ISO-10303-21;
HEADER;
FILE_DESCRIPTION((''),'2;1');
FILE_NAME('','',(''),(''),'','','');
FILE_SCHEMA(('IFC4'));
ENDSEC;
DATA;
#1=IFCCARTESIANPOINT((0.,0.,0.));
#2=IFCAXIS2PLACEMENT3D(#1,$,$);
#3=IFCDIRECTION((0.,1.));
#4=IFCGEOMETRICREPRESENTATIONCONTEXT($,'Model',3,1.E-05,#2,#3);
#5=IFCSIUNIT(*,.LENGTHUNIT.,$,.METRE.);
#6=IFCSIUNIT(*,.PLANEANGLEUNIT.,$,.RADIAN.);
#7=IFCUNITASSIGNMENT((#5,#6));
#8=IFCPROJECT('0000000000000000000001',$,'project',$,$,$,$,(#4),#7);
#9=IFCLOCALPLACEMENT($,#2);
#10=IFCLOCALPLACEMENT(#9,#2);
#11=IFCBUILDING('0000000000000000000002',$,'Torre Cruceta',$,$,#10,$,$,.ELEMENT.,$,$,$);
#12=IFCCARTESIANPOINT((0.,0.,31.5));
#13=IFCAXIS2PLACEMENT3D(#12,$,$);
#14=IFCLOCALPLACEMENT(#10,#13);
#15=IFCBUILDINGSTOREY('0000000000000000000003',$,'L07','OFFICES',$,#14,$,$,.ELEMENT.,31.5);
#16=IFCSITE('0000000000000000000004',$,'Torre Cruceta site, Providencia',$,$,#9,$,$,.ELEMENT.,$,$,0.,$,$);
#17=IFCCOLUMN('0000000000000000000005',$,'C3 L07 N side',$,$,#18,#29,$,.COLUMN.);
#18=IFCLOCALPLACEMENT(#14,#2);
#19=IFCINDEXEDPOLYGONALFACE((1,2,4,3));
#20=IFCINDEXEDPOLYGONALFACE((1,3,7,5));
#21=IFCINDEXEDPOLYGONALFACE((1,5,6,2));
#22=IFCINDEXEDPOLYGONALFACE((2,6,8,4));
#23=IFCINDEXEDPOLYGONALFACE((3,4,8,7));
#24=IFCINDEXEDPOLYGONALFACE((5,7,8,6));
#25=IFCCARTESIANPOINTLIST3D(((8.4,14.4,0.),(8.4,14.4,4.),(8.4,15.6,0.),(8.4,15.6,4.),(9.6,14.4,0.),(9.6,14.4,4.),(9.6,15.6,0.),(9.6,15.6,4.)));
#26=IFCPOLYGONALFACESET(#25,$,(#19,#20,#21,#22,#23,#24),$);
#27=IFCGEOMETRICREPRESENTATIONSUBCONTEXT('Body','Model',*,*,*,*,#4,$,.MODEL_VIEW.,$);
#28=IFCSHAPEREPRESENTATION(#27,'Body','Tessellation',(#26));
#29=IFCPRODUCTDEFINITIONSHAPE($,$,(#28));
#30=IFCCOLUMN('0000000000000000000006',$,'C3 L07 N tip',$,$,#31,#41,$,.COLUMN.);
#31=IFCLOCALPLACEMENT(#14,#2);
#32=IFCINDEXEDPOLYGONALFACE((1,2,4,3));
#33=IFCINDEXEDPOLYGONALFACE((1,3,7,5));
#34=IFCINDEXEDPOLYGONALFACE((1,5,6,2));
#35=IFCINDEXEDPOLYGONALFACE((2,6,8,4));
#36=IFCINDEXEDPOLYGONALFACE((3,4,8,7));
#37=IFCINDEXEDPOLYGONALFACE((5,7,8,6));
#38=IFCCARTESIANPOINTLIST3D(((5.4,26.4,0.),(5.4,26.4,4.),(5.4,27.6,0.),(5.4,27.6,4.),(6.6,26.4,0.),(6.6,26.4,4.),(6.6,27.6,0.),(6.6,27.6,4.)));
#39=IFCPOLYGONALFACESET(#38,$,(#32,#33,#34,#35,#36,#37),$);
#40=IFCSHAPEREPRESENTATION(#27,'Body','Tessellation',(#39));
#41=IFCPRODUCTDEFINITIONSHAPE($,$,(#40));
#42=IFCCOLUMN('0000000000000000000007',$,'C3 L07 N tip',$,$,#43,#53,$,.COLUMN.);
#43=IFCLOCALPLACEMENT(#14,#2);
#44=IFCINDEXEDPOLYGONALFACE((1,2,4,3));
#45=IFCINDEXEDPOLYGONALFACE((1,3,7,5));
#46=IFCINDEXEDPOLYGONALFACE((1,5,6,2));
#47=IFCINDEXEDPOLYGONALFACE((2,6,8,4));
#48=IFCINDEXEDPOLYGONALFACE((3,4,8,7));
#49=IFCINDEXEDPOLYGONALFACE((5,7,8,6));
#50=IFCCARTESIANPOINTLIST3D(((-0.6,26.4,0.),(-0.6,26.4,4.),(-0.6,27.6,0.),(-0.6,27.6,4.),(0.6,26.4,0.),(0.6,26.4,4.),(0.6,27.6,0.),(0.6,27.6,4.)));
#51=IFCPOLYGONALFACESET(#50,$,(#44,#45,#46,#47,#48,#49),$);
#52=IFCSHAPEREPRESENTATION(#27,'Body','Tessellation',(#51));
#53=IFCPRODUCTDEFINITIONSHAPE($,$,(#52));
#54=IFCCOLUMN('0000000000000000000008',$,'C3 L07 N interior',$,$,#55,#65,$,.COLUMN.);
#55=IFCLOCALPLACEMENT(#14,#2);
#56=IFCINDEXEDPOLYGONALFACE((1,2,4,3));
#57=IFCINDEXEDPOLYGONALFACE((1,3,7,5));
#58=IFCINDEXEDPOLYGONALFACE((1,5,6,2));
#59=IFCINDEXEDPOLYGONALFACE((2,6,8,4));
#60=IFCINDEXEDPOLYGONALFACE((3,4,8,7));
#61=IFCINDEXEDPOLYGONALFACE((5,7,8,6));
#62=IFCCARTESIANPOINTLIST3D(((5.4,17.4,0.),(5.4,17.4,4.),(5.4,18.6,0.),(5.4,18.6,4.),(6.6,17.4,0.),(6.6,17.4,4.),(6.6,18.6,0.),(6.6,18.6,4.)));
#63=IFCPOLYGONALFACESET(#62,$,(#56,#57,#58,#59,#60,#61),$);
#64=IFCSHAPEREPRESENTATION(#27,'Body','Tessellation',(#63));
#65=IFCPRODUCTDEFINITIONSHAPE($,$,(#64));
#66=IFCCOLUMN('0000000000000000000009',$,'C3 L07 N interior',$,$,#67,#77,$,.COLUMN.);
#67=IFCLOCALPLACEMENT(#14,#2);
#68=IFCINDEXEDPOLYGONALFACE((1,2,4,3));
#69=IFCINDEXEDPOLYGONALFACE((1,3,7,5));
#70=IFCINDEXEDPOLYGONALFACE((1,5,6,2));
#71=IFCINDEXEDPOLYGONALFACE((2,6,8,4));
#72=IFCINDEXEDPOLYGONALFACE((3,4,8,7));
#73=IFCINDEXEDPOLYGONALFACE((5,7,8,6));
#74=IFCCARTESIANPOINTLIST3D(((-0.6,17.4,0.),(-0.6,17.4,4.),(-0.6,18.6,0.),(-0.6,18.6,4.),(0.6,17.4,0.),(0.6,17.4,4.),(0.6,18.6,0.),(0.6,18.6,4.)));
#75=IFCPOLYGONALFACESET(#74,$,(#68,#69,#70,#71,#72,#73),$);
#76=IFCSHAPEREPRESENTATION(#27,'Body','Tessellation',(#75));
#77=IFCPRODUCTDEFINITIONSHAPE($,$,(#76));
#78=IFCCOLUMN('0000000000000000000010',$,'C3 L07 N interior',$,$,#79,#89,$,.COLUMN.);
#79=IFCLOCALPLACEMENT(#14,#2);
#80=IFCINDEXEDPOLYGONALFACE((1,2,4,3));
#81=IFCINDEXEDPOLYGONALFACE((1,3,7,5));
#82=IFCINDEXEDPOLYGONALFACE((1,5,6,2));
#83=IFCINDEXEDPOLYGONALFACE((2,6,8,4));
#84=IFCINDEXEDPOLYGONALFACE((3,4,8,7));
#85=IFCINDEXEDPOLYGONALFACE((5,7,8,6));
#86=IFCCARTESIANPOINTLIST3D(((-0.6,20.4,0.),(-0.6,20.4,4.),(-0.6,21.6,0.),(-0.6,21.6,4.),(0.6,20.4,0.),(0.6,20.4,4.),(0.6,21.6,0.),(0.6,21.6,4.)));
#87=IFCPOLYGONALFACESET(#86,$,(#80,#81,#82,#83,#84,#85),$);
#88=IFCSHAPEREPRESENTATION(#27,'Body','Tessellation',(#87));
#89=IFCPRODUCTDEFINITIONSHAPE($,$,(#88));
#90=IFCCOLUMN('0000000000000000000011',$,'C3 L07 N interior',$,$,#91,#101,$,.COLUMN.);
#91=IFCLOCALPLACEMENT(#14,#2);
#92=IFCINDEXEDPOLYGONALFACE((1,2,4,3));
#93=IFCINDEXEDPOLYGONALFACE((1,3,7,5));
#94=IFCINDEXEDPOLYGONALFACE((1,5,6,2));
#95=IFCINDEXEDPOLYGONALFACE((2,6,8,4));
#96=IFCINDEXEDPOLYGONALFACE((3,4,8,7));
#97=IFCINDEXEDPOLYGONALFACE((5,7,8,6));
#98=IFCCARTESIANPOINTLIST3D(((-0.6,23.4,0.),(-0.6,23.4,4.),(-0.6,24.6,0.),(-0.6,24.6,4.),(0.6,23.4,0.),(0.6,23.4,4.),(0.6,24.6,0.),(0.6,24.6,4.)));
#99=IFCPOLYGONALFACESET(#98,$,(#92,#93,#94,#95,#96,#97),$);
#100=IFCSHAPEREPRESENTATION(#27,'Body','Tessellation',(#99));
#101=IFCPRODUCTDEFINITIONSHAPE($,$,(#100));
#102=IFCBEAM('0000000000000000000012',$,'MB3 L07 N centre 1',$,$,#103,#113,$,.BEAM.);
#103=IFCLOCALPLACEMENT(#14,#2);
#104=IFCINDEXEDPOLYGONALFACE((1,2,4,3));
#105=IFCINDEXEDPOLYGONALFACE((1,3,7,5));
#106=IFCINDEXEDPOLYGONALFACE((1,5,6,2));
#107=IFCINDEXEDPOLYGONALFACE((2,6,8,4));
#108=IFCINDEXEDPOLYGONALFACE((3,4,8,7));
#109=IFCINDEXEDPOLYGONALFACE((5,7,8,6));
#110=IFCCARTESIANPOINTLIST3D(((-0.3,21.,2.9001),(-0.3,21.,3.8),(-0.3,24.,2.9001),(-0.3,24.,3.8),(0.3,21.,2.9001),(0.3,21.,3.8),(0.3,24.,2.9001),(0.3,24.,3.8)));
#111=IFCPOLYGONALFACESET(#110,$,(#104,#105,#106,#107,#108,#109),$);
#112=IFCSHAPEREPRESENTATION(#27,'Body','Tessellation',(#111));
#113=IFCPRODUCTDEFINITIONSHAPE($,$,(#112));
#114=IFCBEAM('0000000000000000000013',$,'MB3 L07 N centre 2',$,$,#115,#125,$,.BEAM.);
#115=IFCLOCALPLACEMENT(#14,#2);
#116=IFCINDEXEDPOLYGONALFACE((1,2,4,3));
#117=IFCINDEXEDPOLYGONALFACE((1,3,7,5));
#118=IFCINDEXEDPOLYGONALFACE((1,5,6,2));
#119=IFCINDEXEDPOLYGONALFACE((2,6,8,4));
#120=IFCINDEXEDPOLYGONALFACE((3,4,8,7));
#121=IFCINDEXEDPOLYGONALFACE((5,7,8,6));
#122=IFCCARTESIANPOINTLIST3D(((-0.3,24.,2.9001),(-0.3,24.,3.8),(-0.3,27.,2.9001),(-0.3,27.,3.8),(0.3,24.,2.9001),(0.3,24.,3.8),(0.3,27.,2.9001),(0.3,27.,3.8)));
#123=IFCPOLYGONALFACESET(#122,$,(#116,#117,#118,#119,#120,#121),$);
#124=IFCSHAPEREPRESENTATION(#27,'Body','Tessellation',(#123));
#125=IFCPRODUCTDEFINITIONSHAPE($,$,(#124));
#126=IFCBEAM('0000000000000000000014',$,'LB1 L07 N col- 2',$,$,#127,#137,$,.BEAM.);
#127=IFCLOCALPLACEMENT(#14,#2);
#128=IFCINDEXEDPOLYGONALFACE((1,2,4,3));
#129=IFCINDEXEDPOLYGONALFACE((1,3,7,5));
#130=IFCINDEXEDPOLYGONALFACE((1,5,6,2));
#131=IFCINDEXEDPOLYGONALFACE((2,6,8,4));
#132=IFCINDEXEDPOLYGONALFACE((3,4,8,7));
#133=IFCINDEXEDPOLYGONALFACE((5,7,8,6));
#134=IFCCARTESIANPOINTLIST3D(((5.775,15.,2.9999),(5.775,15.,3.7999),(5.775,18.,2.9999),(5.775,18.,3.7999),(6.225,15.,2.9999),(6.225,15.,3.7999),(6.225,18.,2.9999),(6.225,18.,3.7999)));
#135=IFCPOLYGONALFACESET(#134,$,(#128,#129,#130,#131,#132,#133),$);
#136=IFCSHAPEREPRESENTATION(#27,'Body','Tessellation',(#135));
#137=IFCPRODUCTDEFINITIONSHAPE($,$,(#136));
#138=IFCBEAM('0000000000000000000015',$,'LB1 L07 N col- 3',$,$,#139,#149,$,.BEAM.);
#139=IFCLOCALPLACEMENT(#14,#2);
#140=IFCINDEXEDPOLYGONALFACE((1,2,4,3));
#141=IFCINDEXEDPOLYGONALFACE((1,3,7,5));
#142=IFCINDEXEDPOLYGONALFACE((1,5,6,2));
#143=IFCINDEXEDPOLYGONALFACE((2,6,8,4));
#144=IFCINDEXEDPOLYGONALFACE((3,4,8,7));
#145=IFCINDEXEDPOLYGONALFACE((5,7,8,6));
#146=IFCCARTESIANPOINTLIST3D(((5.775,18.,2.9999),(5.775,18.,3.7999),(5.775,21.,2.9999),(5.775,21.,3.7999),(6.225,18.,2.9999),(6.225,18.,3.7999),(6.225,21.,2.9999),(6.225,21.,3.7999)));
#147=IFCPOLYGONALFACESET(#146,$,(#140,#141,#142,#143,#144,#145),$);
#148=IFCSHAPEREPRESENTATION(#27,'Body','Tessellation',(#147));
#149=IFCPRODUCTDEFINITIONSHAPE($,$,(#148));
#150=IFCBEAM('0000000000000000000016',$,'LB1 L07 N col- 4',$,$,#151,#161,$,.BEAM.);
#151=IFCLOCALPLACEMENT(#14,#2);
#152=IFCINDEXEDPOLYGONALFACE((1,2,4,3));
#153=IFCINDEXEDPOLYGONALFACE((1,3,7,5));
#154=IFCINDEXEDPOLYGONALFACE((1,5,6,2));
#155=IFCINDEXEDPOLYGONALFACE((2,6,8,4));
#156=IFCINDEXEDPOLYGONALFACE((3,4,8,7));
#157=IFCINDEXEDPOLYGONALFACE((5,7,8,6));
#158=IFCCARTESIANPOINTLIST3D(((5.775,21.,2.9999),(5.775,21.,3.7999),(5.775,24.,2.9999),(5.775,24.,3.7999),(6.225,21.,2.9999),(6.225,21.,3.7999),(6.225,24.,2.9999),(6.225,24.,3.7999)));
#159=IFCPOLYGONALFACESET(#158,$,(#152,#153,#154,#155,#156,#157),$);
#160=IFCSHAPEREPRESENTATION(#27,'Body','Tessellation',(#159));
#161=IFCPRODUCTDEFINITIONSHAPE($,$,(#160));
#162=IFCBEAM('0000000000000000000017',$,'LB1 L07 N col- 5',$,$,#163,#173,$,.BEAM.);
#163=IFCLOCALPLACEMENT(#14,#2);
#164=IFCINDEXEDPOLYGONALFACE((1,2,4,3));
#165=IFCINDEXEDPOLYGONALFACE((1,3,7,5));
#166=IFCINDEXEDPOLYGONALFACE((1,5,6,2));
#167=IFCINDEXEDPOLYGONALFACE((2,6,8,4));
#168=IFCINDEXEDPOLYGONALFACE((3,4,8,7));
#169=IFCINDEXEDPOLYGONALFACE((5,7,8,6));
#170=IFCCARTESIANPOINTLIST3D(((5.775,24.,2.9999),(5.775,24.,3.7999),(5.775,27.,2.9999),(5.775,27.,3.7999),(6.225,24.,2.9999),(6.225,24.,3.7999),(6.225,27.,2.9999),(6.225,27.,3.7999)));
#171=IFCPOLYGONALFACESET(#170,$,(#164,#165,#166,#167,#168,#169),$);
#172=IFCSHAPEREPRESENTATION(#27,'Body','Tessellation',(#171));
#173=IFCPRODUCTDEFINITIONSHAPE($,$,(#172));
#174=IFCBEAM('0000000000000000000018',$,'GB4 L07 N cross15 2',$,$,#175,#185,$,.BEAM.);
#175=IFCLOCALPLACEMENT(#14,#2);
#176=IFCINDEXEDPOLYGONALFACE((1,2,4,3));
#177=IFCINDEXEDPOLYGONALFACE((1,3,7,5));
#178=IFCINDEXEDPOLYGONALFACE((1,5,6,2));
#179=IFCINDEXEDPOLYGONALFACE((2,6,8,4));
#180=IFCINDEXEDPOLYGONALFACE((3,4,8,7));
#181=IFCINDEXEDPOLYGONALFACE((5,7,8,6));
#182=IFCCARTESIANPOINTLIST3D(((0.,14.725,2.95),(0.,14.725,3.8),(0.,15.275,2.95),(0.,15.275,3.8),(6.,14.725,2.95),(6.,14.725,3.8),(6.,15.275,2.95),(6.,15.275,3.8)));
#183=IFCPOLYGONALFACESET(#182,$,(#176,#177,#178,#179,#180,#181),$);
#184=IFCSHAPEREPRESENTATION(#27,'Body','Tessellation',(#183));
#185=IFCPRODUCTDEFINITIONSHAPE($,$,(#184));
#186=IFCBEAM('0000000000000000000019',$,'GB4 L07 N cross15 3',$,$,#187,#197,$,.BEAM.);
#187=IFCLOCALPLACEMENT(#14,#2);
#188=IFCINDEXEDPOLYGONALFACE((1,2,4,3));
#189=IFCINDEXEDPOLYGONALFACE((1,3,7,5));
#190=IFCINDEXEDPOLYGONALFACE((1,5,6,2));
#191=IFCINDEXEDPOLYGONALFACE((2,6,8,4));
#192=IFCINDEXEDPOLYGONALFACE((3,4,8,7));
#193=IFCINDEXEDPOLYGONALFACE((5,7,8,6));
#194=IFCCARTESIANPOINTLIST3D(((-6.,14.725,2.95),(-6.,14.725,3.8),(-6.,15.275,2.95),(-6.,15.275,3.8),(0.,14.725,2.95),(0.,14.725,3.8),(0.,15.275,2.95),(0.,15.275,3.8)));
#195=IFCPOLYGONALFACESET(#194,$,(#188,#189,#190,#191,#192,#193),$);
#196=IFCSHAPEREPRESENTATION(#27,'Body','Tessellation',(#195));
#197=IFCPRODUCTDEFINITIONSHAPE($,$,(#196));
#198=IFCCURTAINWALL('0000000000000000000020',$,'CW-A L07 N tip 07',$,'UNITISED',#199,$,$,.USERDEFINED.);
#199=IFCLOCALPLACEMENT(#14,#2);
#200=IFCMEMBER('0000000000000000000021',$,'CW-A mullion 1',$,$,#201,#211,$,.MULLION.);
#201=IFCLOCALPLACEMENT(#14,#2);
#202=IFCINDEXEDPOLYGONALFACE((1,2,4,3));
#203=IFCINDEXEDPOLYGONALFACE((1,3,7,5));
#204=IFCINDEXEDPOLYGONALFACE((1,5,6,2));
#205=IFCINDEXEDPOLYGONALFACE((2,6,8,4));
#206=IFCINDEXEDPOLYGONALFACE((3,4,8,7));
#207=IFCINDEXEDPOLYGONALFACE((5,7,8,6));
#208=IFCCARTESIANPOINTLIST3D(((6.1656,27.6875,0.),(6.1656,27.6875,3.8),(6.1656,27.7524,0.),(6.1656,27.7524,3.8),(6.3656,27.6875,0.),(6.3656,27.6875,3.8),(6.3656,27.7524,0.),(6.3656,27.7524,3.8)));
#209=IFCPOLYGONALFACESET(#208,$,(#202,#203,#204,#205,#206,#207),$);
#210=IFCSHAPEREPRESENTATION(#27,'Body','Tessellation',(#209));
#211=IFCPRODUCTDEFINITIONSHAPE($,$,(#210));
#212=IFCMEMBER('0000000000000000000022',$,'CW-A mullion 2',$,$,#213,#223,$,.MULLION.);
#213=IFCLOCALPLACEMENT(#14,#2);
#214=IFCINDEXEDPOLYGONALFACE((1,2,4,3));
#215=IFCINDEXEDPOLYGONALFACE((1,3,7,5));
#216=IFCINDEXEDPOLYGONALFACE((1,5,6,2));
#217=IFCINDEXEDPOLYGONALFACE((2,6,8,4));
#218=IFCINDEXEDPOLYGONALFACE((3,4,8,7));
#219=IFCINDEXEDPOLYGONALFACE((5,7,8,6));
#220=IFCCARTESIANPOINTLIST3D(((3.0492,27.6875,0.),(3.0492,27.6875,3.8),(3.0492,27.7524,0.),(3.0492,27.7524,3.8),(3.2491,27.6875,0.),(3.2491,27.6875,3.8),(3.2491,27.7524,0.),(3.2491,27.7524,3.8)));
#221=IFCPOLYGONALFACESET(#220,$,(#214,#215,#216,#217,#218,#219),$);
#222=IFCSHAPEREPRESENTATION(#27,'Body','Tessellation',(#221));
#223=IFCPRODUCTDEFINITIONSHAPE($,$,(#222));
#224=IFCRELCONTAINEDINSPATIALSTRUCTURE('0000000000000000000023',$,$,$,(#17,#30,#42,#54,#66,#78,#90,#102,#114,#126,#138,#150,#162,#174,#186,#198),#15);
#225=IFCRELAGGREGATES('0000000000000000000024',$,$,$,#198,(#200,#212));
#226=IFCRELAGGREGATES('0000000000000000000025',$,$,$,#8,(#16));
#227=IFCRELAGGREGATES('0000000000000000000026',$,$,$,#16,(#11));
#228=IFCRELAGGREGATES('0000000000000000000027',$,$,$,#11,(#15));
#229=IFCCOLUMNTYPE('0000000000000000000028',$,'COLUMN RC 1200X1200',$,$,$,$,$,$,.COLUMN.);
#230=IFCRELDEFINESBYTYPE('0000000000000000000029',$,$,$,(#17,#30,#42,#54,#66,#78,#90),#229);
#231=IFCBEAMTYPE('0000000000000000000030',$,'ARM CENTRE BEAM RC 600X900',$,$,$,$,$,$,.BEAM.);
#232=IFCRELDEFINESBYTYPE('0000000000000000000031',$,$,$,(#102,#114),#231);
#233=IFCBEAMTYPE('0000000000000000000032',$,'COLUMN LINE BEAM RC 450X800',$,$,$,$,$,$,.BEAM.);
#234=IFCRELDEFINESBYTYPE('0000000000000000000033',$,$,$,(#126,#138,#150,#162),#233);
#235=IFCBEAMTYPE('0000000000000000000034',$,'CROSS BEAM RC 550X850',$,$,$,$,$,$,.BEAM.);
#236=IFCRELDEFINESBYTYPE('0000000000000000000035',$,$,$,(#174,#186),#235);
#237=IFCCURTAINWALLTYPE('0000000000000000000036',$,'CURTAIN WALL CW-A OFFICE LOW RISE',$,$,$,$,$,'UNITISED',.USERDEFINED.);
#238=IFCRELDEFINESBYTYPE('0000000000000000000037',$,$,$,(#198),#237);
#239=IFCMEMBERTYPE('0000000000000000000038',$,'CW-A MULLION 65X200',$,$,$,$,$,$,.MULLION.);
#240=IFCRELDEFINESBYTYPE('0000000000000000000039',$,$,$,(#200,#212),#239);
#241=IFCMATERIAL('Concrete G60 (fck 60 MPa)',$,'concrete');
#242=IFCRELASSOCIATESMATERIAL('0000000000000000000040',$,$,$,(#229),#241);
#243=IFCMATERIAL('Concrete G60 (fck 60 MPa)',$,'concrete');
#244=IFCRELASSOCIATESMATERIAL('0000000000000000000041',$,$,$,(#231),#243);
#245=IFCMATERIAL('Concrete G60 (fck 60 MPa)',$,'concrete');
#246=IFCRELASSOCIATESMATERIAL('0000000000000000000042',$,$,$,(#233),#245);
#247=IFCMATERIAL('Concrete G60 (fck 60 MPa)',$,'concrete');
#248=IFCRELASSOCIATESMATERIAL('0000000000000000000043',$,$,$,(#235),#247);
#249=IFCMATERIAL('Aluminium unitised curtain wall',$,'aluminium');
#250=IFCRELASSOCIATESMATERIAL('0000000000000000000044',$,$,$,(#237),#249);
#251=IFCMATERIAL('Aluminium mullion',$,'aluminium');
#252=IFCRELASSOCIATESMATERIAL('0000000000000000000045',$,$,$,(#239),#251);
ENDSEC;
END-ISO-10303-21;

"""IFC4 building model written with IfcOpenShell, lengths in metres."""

from ifc_helpers import new_model, si_unit, direction, frame, origin, origin_2d, place, context, subcontext, project, spatial, rectangle, extrude, material, material_profile, profile_set, type_object, element, aggregate, save


model = new_model("IFC4")

# Units and contexts
model_context = context("Model", 3, precision=1e-05, world=origin(), true_north=direction((0.0, 1.0)))
body_context = subcontext(model_context, "Body", "Model", "MODEL_VIEW")
ifc_project = project(units=[si_unit("LENGTHUNIT", "METRE"), si_unit("PLANEANGLEUNIT", "RADIAN")], contexts=[model_context])

# Site, building, storey
site_placement = place(None, origin())
site = spatial("IfcSite", under=ifc_project, at=site_placement, Name="Torre Cruceta site, Providencia", CompositionType="ELEMENT", RefElevation=0.0)
building_placement = place(site_placement, origin())
building = spatial("IfcBuilding", under=site, at=building_placement, Name="Torre Cruceta", CompositionType="ELEMENT")
storey_placement = place(building_placement, frame((0.0, 0.0, 31.5)))
storey = spatial("IfcBuildingStorey", under=building, at=storey_placement, Name="L07", Description="OFFICES", CompositionType="ELEMENT", Elevation=31.5)

# Columns
ifc_material_1 = material(Name="Concrete G60 (fck 60 MPa)", Category="concrete")
ifc_material_profile_1 = material_profile(ifc_material_1, rectangle(XDim=1.2, YDim=1.2, at=origin_2d()), Name="RC 1200X1200")
ifc_profile_set_1 = profile_set([ifc_material_profile_1], Name="Concrete G60 (fck 60 MPa)")
column_type = type_object("IfcColumnType", Name="COLUMN RC 1200X1200", PredefinedType="COLUMN", material=ifc_profile_set_1)
for number, where, z_axis, x_axis, name in (
    (1, (9.0, 15.0, 0.0), (0.0, 0.0, 1.0), (1.0, 0.0, 0.0), "C3 L07 N side"),
    (2, (6.0, 27.0, 0.0), (0.0, 0.0, 1.0), (1.0, 0.0, 0.0), "C3 L07 N tip"),
    (3, (0.0, 27.0, 0.0), (0.0, 0.0, 1.0), (1.0, 0.0, 0.0), "C3 L07 N tip"),
    (4, (6.0, 18.0, 0.0), (0.0, 0.0, 1.0), (1.0, 0.0, 0.0), "C3 L07 N interior"),
    (5, (0.0, 18.0, 0.0), (0.0, 0.0, 1.0), (1.0, 0.0, 0.0), "C3 L07 N interior"),
    (6, (0.0, 21.0, 0.0), (0.0, 0.0, 1.0), (1.0, 0.0, 0.0), "C3 L07 N interior"),
    (7, (0.0, 24.0, 0.0), (0.0, 0.0, 1.0), (1.0, 0.0, 0.0), "C3 L07 N interior"),
):
    element("IfcColumn", number, at=place(storey_placement, frame(where, z_axis=z_axis, x_axis=x_axis)), inside=storey, type_object=column_type, Name=name, PredefinedType="COLUMN", context=body_context, shape_type="SweptSolid", body=[
        extrude(rectangle(XDim=1.2, YDim=1.2, at=origin_2d()), origin(), (0.0, 0.0, 1.0), 4.0),
    ])

# Beams
ifc_material_2 = material(Name="Concrete G60 (fck 60 MPa)", Category="concrete")
ifc_material_profile_2 = material_profile(ifc_material_2, rectangle(XDim=0.6001, YDim=0.8999, at=origin_2d()), Name="RC 600X900")
ifc_profile_set_2 = profile_set([ifc_material_profile_2], Name="Concrete G60 (fck 60 MPa)")
beam_type_1 = type_object("IfcBeamType", Name="ARM CENTRE BEAM RC 600X900", PredefinedType="BEAM", material=ifc_profile_set_2)
for number, where, z_axis, x_axis, name in (
    (8, (0.0, 21.0, 3.3501), (0.0, 1.0, 0.0), (-1.0, 0.0, 0.0), "MB3 L07 N centre 1"),
    (9, (0.0, 24.0, 3.3501), (0.0, 1.0, 0.0), (-1.0, 0.0, 0.0), "MB3 L07 N centre 2"),
):
    element("IfcBeam", number, at=place(storey_placement, frame(where, z_axis=z_axis, x_axis=x_axis)), inside=storey, type_object=beam_type_1, Name=name, PredefinedType="BEAM", context=body_context, shape_type="SweptSolid", body=[
        extrude(rectangle(XDim=0.6001, YDim=0.8999, at=origin_2d()), origin(), (0.0, 0.0, 1.0), 3.0),
    ])
ifc_material_3 = material(Name="Concrete G60 (fck 60 MPa)", Category="concrete")
ifc_material_profile_3 = material_profile(ifc_material_3, rectangle(XDim=0.45, YDim=0.8, at=origin_2d()), Name="RC 450X800")
ifc_profile_set_3 = profile_set([ifc_material_profile_3], Name="Concrete G60 (fck 60 MPa)")
beam_type_2 = type_object("IfcBeamType", Name="COLUMN LINE BEAM RC 450X800", PredefinedType="BEAM", material=ifc_profile_set_3)
for number, where, z_axis, x_axis, name in (
    (10, (6.0, 15.0, 3.3999), (0.0, 1.0, 0.0), (-1.0, 0.0, 0.0), "LB1 L07 N col- 2"),
    (11, (6.0, 18.0, 3.3999), (0.0, 1.0, 0.0), (-1.0, 0.0, 0.0), "LB1 L07 N col- 3"),
    (12, (6.0, 21.0, 3.3999), (0.0, 1.0, 0.0), (-1.0, 0.0, 0.0), "LB1 L07 N col- 4"),
    (13, (6.0, 24.0, 3.3999), (0.0, 1.0, 0.0), (-1.0, 0.0, 0.0), "LB1 L07 N col- 5"),
):
    element("IfcBeam", number, at=place(storey_placement, frame(where, z_axis=z_axis, x_axis=x_axis)), inside=storey, type_object=beam_type_2, Name=name, PredefinedType="BEAM", context=body_context, shape_type="SweptSolid", body=[
        extrude(rectangle(XDim=0.45, YDim=0.8, at=origin_2d()), origin(), (0.0, 0.0, 1.0), 3.0),
    ])
ifc_material_4 = material(Name="Concrete G60 (fck 60 MPa)", Category="concrete")
ifc_material_profile_4 = material_profile(ifc_material_4, rectangle(XDim=0.55, YDim=0.8501, at=origin_2d()), Name="RC 550X850")
ifc_profile_set_4 = profile_set([ifc_material_profile_4], Name="Concrete G60 (fck 60 MPa)")
beam_type_3 = type_object("IfcBeamType", Name="CROSS BEAM RC 550X850", PredefinedType="BEAM", material=ifc_profile_set_4)
for number, where, z_axis, x_axis, name in (
    (14, (6.0, 15.0, 3.375), (-1.0, 0.0, 0.0), (0.0, -1.0, 0.0), "GB4 L07 N cross15 2"),
    (15, (0.0, 15.0, 3.375), (-1.0, 0.0, 0.0), (0.0, -1.0, 0.0), "GB4 L07 N cross15 3"),
):
    element("IfcBeam", number, at=place(storey_placement, frame(where, z_axis=z_axis, x_axis=x_axis)), inside=storey, type_object=beam_type_3, Name=name, PredefinedType="BEAM", context=body_context, shape_type="SweptSolid", body=[
        extrude(rectangle(XDim=0.55, YDim=0.8501, at=origin_2d()), origin(), (0.0, 0.0, 1.0), 6.0),
    ])

# Curtain wall, members
ifc_material_5 = material(Name="Aluminium unitised curtain wall", Category="aluminium")
curtain_wall_type = type_object("IfcCurtainWallType", Name="CURTAIN WALL CW-A OFFICE LOW RISE", ElementType="UNITISED", PredefinedType="USERDEFINED", material=ifc_material_5)
curtain_wall_placement = place(storey_placement, origin())
curtain_wall = element("IfcCurtainWall", 16, at=curtain_wall_placement, inside=storey, type_object=curtain_wall_type, Name="CW-A L07 N tip 07", ObjectType="UNITISED", PredefinedType="USERDEFINED")
ifc_material_6 = material(Name="Aluminium mullion", Category="aluminium")
ifc_material_profile_5 = material_profile(ifc_material_6, rectangle(XDim=0.0649, YDim=0.2, at=origin_2d()), Name="AL 65X200")
ifc_profile_set_5 = profile_set([ifc_material_profile_5], Name="Aluminium mullion")
member_type_1 = type_object("IfcMemberType", Name="CW-A MULLION 65X200", PredefinedType="MULLION", material=ifc_profile_set_5)
member_1_placement = place(storey_placement, frame((6.2656, 27.72, 0.0), z_axis=(0.0, 0.0, 1.0), x_axis=(0.0, -1.0, 0.0)))
member_1 = element("IfcMember", 17, at=member_1_placement, type_object=member_type_1, Name="CW-A mullion 1", PredefinedType="MULLION", context=body_context, shape_type="SweptSolid", body=[
    extrude(rectangle(XDim=0.0649, YDim=0.2, at=origin_2d()), origin(), (0.0, 0.0, 1.0), 3.8),
])
member_2_placement = place(storey_placement, frame((3.1492, 27.72, 0.0), z_axis=(0.0, 0.0, 1.0), x_axis=(0.0, -1.0, 0.0)))
member_2 = element("IfcMember", 18, at=member_2_placement, type_object=member_type_1, Name="CW-A mullion 2", PredefinedType="MULLION", context=body_context, shape_type="SweptSolid", body=[
    extrude(rectangle(XDim=0.0649, YDim=0.2, at=origin_2d()), origin(), (0.0, 0.0, 1.0), 3.8),
])

aggregate(curtain_wall, [member_1, member_2])

save(model, "model.ifc")
